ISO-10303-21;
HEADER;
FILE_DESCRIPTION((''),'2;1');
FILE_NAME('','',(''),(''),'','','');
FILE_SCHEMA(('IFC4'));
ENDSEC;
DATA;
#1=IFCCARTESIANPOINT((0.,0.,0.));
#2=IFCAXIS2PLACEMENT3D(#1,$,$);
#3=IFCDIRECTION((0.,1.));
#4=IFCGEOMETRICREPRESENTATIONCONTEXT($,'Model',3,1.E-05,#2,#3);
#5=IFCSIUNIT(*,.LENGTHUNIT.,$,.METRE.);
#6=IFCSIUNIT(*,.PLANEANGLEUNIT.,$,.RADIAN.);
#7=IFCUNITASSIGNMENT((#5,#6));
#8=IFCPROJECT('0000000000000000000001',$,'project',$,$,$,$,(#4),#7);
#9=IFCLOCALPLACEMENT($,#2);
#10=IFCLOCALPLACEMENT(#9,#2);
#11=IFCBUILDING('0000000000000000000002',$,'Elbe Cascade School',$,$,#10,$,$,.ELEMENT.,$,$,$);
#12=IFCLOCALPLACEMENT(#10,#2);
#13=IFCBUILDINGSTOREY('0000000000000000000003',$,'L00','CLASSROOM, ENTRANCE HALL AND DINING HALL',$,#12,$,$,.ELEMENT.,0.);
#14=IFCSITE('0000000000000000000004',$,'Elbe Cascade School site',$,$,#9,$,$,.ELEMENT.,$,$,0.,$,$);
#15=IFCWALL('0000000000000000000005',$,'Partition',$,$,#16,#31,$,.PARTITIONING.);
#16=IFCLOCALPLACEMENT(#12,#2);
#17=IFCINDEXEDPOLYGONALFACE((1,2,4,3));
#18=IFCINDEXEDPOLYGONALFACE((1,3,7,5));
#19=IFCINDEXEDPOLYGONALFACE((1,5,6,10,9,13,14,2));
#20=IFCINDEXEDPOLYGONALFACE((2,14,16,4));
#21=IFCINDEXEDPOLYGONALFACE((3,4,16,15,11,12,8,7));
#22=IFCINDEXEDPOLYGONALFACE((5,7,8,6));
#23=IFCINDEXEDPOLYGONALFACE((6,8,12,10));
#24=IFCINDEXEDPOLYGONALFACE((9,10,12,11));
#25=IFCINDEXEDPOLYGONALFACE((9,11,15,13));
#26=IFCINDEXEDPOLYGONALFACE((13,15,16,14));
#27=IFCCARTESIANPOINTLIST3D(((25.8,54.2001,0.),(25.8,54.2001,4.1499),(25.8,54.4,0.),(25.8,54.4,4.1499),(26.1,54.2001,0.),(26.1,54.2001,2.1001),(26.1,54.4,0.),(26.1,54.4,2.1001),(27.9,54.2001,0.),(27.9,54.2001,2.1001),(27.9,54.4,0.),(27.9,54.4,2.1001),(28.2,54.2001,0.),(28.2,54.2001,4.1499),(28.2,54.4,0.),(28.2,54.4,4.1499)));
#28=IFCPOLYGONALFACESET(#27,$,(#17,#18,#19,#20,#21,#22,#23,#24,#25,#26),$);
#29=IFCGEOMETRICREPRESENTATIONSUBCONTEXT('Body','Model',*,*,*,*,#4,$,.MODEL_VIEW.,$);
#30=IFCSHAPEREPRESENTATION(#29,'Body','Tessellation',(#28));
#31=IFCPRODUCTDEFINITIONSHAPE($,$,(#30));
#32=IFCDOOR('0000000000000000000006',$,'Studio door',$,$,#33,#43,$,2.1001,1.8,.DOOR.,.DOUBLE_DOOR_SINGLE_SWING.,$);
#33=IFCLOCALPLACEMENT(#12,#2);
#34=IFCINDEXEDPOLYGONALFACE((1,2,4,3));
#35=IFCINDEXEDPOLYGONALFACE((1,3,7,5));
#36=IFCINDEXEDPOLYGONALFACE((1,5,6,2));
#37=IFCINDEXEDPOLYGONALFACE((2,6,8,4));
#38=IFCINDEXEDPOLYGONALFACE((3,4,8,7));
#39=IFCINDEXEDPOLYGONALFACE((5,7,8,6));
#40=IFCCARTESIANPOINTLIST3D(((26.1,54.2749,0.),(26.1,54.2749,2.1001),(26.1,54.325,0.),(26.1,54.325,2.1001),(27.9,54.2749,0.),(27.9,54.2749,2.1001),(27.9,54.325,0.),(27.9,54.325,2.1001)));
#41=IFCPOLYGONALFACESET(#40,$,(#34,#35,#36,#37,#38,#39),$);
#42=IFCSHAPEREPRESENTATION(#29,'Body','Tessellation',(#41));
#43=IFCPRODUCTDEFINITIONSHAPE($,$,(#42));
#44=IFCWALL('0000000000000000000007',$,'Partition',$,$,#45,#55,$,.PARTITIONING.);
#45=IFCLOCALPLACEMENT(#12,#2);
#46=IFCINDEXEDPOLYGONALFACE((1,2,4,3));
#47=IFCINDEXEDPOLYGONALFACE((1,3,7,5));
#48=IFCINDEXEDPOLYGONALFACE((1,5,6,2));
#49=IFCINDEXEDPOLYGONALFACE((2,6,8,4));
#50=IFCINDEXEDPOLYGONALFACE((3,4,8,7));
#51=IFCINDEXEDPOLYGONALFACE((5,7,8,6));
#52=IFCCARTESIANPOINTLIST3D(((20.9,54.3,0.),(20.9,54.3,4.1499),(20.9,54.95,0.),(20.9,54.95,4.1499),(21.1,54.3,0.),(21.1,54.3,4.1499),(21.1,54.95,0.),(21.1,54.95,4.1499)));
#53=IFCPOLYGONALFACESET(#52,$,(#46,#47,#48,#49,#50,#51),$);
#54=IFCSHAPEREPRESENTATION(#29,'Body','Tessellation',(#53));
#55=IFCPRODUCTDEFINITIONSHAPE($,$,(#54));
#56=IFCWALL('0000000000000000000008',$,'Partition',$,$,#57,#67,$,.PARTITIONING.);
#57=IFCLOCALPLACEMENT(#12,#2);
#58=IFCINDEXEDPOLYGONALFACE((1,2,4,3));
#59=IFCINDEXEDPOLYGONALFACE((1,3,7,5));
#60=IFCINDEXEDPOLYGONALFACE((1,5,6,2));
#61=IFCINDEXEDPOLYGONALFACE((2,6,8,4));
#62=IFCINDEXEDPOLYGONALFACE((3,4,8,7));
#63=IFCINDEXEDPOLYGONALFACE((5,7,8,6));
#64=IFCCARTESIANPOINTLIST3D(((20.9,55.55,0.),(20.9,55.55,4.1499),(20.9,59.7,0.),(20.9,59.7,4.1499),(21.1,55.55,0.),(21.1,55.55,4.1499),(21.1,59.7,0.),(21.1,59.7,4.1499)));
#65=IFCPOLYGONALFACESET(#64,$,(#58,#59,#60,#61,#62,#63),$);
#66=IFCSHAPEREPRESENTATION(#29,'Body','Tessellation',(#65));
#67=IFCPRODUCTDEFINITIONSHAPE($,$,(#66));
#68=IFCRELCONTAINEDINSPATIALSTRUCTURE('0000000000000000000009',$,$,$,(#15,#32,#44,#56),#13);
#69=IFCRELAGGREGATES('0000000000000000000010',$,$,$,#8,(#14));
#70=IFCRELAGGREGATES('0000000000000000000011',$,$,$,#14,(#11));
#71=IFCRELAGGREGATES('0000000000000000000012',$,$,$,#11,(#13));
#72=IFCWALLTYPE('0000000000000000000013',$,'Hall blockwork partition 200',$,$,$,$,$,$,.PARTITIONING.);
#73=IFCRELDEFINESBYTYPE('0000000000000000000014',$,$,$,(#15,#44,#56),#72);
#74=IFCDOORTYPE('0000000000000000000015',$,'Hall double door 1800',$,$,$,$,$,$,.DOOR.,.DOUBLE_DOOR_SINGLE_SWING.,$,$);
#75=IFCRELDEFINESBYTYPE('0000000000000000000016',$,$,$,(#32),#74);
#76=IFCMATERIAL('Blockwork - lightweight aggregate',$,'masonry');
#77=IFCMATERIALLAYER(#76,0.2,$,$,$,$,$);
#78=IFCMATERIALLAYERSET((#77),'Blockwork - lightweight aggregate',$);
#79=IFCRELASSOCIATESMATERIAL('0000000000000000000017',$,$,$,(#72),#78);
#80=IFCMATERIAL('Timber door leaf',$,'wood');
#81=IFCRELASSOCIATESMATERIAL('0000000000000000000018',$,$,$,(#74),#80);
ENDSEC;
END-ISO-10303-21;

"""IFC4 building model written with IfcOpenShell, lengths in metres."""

from ifc_helpers import new_model, si_unit, direction, frame, frame_2d, origin, place, context, subcontext, project, spatial, rectangle, extrude, material, layer, layer_set, type_object, element, fill, save


model = new_model("IFC4")

# Units and contexts
model_context = context("Model", 3, precision=1e-05, world=origin(), true_north=direction((0.0, 1.0)))
body_context = subcontext(model_context, "Body", "Model", "MODEL_VIEW")
ifc_project = project(units=[si_unit("LENGTHUNIT", "METRE"), si_unit("PLANEANGLEUNIT", "RADIAN")], contexts=[model_context])

# Site, building, storey
site_placement = place(None, origin())
site = spatial("IfcSite", under=ifc_project, at=site_placement, Name="Elbe Cascade School site", CompositionType="ELEMENT", RefElevation=0.0)
building_placement = place(site_placement, origin())
building = spatial("IfcBuilding", under=site, at=building_placement, Name="Elbe Cascade School", CompositionType="ELEMENT")
storey_placement = place(building_placement, origin())
storey = spatial("IfcBuildingStorey", under=building, at=storey_placement, Name="L00", Description="CLASSROOM, ENTRANCE HALL AND DINING HALL", CompositionType="ELEMENT", Elevation=0.0)

# Wall, opening, door
ifc_material_1 = material(Name="Blockwork - lightweight aggregate", Category="masonry")
ifc_layer = layer(ifc_material_1, 0.2)
ifc_layer_set = layer_set([ifc_layer], Name="Blockwork - lightweight aggregate")
wall_type = type_object("IfcWallType", Name="Hall blockwork partition 200", PredefinedType="PARTITIONING", material=ifc_layer_set)
ifc_material_2 = material(Name="Timber door leaf", Category="wood")
door_type = type_object("IfcDoorType", Name="Hall double door 1800", OperationType="DOUBLE_DOOR_SINGLE_SWING", PredefinedType="DOOR", material=ifc_material_2)
wall_1_placement = place(storey_placement, frame((25.8, 54.3, 0.0), z_axis=(0.0, 0.0, 1.0), x_axis=(1.0, 0.0, 0.0)))
wall_1 = element("IfcWall", 1, at=wall_1_placement, inside=storey, type_object=wall_type, Name="Partition", PredefinedType="PARTITIONING", context=body_context, shape_type="SweptSolid", body=[
    extrude(rectangle(XDim=2.3999, YDim=0.2, at=frame_2d((1.2, 0.0))), origin(), (0.0, 0.0, 1.0), 4.1499),
])
opening_1_placement = place(wall_1_placement, frame((0.3, 0.0, 0.0)))
opening_1 = element("IfcOpeningElement", 2, at=opening_1_placement, cuts=wall_1, PredefinedType="OPENING", context=body_context, shape_type="SweptSolid", body=[
    extrude(rectangle(XDim=1.8, YDim=2.1001, at=frame_2d((0.8999, 1.05))), frame((0.0, 0.1099, 0.0), z_axis=(0.0, -1.0, 0.0), x_axis=(1.0, 0.0, 0.0)), (0.0, 0.0, 1.0), 0.22),
])
door_1_placement = place(opening_1_placement, origin())
door_1 = element("IfcDoor", 3, at=door_1_placement, inside=storey, type_object=door_type, Name="Studio door", OperationType="DOUBLE_DOOR_SINGLE_SWING", OverallHeight=2.1001, OverallWidth=1.8, PredefinedType="DOOR", context=body_context, shape_type="SweptSolid", body=[
    extrude(rectangle(XDim=1.8, YDim=2.1001, at=frame_2d((0.8999, 1.05))), frame((0.0, 0.0249, 0.0), z_axis=(0.0, -1.0, 0.0), x_axis=(1.0, 0.0, 0.0)), (0.0, 0.0, 1.0), 0.05),
])
fill(opening_1, door_1)

# Walls
wall_2_placement = place(storey_placement, frame((21.0, 54.3, 0.0), z_axis=(0.0, 0.0, 1.0), x_axis=(0.0, 1.0, 0.0)))
element("IfcWall", 4, at=wall_2_placement, inside=storey, type_object=wall_type, Name="Partition", PredefinedType="PARTITIONING", context=body_context, shape_type="SweptSolid", body=[
    extrude(rectangle(XDim=0.6499, YDim=0.2, at=frame_2d((0.325, 0.0))), origin(), (0.0, 0.0, 1.0), 4.1499),
])
wall_3_placement = place(storey_placement, frame((21.0, 55.55, 0.0), z_axis=(0.0, 0.0, 1.0), x_axis=(0.0, 1.0, 0.0)))
element("IfcWall", 5, at=wall_3_placement, inside=storey, type_object=wall_type, Name="Partition", PredefinedType="PARTITIONING", context=body_context, shape_type="SweptSolid", body=[
    extrude(rectangle(XDim=4.1499, YDim=0.2, at=frame_2d((2.075, 0.0))), origin(), (0.0, 0.0, 1.0), 4.1499),
])

save(model, "model.ifc")
